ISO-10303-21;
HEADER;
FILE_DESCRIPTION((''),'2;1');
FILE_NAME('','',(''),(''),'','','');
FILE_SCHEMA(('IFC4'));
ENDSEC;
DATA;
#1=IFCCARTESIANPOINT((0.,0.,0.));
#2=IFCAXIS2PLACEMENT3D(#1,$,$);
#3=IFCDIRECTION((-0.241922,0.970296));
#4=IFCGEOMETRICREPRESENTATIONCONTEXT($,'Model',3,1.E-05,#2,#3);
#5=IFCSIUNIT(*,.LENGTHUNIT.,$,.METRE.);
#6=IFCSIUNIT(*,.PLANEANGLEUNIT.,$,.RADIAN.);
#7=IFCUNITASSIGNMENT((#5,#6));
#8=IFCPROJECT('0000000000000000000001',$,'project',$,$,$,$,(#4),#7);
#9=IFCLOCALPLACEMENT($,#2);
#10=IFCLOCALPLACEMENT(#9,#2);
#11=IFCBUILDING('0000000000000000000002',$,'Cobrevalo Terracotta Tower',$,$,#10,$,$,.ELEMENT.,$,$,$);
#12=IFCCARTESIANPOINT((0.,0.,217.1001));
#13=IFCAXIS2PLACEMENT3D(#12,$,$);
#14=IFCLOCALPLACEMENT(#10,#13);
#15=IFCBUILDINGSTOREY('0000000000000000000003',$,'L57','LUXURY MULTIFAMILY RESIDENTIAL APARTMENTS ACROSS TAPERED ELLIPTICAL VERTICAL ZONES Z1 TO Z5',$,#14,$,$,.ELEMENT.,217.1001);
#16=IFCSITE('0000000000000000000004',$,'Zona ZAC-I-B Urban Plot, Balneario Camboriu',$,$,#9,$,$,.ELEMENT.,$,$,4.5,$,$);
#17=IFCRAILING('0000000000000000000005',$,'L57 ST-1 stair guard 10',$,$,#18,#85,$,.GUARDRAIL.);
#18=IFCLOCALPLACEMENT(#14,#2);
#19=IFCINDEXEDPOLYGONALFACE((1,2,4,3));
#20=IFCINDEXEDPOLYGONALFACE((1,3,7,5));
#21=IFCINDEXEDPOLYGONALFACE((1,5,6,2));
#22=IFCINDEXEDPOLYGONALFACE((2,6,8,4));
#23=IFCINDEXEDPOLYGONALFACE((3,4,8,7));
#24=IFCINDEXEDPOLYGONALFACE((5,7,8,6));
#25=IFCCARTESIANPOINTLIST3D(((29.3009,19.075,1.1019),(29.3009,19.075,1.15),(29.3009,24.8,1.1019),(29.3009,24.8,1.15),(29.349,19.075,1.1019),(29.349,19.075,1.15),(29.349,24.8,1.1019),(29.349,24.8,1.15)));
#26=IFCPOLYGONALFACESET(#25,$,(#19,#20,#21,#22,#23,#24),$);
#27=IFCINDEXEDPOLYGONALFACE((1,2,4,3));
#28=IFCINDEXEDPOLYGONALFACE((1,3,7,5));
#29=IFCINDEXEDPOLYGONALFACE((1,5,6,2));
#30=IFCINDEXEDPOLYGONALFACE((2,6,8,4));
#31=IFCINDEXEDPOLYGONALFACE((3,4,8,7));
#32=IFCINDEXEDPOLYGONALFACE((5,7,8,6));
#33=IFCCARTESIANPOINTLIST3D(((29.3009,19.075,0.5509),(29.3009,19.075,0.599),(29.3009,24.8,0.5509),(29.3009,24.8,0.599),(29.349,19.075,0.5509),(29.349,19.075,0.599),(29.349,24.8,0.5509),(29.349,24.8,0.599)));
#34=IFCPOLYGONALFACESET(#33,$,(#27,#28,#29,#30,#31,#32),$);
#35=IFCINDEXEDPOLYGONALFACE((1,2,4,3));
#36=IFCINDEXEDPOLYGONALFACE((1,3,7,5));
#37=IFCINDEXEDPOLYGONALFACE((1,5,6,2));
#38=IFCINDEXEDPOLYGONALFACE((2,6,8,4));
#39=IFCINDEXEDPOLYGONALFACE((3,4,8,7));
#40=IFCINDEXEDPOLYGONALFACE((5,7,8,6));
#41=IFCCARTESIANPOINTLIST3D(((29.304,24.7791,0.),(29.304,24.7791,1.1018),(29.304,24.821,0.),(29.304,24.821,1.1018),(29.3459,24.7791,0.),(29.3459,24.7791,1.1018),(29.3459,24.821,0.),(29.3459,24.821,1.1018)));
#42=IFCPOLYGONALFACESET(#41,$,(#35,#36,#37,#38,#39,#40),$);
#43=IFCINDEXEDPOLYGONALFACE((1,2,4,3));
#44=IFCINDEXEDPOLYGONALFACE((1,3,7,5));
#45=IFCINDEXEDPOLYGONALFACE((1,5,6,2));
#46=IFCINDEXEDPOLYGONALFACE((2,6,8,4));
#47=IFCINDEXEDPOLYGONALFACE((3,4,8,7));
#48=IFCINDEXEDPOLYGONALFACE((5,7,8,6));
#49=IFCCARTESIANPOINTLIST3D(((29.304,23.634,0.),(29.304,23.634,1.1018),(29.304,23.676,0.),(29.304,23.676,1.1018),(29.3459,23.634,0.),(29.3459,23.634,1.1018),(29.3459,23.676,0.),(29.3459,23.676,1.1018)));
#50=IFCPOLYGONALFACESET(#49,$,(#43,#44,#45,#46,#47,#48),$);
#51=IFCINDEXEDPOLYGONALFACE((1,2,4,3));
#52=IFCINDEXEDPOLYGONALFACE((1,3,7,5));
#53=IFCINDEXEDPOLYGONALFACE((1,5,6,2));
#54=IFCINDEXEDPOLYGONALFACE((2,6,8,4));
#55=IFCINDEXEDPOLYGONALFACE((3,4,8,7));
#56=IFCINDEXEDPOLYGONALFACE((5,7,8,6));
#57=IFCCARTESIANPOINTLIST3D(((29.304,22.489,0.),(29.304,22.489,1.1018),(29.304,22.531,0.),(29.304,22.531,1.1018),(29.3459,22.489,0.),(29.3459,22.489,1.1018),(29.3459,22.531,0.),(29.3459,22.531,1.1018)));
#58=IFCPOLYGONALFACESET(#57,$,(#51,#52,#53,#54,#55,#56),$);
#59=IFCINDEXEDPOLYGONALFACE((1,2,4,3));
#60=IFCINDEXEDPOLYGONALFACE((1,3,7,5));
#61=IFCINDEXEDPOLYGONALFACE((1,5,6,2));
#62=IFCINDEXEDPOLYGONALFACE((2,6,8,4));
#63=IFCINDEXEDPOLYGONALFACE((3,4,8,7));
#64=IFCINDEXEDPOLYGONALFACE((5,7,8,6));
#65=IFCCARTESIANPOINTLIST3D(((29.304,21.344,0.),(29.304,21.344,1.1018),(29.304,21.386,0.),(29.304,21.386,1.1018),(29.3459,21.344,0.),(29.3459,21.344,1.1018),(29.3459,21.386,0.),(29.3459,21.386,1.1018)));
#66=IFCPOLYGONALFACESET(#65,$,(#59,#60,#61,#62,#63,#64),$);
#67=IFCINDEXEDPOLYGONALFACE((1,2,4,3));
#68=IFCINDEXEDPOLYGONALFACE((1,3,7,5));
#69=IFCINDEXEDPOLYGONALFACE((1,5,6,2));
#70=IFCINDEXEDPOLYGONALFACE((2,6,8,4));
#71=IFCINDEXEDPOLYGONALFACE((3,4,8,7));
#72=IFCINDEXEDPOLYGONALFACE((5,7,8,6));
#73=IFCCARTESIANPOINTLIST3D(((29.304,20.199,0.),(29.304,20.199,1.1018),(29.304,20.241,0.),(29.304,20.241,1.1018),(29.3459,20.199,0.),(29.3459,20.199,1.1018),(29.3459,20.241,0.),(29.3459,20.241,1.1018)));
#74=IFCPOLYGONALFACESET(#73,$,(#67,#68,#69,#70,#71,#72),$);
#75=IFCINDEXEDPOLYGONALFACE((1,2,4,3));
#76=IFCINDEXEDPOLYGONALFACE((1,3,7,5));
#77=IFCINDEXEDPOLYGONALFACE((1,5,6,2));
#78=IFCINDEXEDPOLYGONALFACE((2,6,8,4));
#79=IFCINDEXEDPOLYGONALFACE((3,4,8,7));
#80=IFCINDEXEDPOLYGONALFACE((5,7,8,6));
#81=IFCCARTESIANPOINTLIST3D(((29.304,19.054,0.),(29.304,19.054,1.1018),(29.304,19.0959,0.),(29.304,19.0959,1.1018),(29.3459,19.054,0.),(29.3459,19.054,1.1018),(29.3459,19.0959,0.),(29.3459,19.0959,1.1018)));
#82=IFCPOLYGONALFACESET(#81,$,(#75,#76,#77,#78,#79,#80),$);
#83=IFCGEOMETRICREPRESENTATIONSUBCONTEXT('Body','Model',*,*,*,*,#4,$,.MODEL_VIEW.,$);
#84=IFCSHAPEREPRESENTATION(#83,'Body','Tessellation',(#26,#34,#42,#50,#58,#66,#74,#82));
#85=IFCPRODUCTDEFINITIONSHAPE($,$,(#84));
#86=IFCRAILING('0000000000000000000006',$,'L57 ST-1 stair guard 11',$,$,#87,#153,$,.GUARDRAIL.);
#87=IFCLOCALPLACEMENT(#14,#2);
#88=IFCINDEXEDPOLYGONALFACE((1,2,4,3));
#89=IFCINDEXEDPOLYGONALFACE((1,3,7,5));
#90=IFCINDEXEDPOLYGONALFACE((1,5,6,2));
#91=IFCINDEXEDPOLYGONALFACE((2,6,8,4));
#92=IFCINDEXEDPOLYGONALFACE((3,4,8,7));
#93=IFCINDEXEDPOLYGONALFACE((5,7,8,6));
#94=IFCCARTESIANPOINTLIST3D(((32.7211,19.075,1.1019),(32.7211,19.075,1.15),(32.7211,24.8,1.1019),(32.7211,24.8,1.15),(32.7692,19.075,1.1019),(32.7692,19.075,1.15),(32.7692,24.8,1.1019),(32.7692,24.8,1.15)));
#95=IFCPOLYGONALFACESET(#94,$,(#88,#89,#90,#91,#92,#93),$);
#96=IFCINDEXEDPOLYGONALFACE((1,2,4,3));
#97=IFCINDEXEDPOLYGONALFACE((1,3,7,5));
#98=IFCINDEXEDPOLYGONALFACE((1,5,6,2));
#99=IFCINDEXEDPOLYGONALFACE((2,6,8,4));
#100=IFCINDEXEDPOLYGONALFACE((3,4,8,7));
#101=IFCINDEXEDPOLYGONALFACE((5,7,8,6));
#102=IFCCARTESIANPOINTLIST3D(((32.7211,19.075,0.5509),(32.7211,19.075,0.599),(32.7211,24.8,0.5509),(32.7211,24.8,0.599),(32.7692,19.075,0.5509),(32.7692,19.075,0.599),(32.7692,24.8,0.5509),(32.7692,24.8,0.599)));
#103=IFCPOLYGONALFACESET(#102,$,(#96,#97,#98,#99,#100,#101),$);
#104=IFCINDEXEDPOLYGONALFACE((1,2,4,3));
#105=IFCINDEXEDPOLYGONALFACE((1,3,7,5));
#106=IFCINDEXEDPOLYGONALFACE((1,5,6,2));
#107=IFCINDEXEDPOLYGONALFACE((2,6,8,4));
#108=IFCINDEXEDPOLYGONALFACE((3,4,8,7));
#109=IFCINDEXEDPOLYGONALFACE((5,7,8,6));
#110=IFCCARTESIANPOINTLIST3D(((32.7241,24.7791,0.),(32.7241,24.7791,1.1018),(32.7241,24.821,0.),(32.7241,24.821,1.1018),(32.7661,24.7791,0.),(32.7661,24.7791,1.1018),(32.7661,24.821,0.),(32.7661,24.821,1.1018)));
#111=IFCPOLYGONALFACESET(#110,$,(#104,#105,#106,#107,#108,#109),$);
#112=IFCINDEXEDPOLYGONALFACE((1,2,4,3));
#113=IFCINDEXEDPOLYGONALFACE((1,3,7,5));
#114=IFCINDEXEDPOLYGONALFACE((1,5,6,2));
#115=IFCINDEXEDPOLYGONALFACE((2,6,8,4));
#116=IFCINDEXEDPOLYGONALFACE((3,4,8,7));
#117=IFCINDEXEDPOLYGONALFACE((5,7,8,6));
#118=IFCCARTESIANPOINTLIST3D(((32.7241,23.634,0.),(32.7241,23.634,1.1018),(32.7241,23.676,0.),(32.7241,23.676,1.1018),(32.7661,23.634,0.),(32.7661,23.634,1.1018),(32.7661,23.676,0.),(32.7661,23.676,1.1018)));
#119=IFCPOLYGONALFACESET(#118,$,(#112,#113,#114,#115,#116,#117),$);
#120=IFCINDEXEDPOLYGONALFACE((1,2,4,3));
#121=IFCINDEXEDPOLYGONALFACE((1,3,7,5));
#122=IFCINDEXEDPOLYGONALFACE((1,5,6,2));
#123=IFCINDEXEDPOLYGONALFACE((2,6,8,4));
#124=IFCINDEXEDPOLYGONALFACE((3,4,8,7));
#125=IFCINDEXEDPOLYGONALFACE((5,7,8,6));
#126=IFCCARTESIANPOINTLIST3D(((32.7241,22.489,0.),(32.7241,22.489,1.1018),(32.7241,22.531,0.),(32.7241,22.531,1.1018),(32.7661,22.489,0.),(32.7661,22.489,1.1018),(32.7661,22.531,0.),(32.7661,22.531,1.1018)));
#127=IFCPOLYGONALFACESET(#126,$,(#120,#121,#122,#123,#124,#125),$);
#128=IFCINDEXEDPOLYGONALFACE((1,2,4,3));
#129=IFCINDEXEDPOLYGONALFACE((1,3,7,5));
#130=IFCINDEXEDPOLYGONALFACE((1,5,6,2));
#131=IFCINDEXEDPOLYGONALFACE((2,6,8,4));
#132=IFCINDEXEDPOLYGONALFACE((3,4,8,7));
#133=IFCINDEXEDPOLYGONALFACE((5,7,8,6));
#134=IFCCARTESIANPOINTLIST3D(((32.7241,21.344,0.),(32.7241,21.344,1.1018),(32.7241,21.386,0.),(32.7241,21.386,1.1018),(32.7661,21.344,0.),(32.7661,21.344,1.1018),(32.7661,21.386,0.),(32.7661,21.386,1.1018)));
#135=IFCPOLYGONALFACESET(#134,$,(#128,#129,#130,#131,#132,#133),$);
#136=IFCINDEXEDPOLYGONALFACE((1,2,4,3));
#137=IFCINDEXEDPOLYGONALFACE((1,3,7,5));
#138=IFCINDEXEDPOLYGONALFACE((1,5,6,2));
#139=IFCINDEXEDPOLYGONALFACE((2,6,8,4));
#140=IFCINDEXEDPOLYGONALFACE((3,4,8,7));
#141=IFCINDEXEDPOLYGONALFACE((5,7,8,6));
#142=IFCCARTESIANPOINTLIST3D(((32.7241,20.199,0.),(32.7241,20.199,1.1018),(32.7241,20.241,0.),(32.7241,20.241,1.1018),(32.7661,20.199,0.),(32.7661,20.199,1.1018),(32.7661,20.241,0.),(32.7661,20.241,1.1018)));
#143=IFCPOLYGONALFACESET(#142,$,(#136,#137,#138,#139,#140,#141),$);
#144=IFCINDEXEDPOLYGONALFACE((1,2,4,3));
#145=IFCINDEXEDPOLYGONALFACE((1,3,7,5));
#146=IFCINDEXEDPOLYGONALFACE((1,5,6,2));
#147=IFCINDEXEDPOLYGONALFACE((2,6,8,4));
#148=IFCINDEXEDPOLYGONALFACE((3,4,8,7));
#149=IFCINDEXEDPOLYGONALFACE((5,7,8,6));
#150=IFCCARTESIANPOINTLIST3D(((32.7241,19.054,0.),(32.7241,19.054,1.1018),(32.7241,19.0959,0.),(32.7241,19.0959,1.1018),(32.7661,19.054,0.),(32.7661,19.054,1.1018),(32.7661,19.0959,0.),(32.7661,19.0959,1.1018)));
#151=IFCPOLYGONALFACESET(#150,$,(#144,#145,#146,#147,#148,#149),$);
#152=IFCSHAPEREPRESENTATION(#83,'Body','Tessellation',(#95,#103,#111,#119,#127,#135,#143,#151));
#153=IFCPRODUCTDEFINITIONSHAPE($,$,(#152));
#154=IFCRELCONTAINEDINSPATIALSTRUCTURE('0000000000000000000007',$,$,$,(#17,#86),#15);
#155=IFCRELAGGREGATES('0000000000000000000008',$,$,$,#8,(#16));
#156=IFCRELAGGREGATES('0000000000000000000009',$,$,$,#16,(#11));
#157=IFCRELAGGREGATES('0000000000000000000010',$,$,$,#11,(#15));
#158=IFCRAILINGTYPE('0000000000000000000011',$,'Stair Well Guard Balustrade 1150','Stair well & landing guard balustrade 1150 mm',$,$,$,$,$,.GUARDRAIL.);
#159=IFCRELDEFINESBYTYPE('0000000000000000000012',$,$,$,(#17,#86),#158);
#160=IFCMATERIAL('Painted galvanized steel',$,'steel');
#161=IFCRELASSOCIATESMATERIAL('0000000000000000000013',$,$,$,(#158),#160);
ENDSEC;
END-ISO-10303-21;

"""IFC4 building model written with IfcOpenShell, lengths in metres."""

from ifc_helpers import new_model, si_unit, direction, frame, origin, origin_2d, place, context, subcontext, project, spatial, rectangle, extrude, material, type_object, element, save


model = new_model("IFC4")

# Units and contexts
model_context = context("Model", 3, precision=1e-05, world=origin(), true_north=direction((-0.241922, 0.970296)))
body_context = subcontext(model_context, "Body", "Model", "MODEL_VIEW")
ifc_project = project(units=[si_unit("LENGTHUNIT", "METRE"), si_unit("PLANEANGLEUNIT", "RADIAN")], contexts=[model_context])

# Site, building, storey
site_placement = place(None, origin())
site = spatial("IfcSite", under=ifc_project, at=site_placement, Name="Zona ZAC-I-B Urban Plot, Balneario Camboriu", CompositionType="ELEMENT", RefElevation=4.5)
building_placement = place(site_placement, origin())
building = spatial("IfcBuilding", under=site, at=building_placement, Name="Cobrevalo Terracotta Tower", CompositionType="ELEMENT")
storey_placement = place(building_placement, frame((0.0, 0.0, 217.1001)))
storey = spatial("IfcBuildingStorey", under=building, at=storey_placement, Name="L57", Description="LUXURY MULTIFAMILY RESIDENTIAL APARTMENTS ACROSS TAPERED ELLIPTICAL VERTICAL ZONES Z1 TO Z5", CompositionType="ELEMENT", Elevation=217.1001)

# Railings
ifc_material_1 = material(Name="Painted galvanized steel", Category="steel")
railing_type_1 = type_object("IfcRailingType", Name="Stair Well Guard Balustrade 1150", Description="Stair well & landing guard balustrade 1150 mm", PredefinedType="GUARDRAIL", material=ifc_material_1)
for number, where, name in (
    (1, (29.325, 24.8, 0.0), "L57 ST-1 stair guard 10"),
    (2, (32.7451, 24.8, 0.0), "L57 ST-1 stair guard 11"),
):
    element("IfcRailing", number, at=place(storey_placement, frame(where)), inside=storey, type_object=railing_type_1, Name=name, PredefinedType="GUARDRAIL", context=body_context, shape_type="SweptSolid", body=[
        extrude(rectangle(XDim=0.0481, YDim=0.0481, at=origin_2d()), frame((0.0, 0.0, 1.126), z_axis=(0.0, -1.0, 0.0), x_axis=(1.0, 0.0, 0.0)), (0.0, 0.0, 1.0), 5.7251),
        extrude(rectangle(XDim=0.0481, YDim=0.0481, at=origin_2d()), frame((0.0, 0.0, 0.575), z_axis=(0.0, -1.0, 0.0), x_axis=(1.0, 0.0, 0.0)), (0.0, 0.0, 1.0), 5.7251),
        extrude(rectangle(XDim=0.042, YDim=0.042, at=origin_2d()), origin(), (0.0, 0.0, 1.0), 1.1018),
        extrude(rectangle(XDim=0.042, YDim=0.042, at=origin_2d()), frame((0.0, -1.145, 0.0)), (0.0, 0.0, 1.0), 1.1018),
        extrude(rectangle(XDim=0.042, YDim=0.042, at=origin_2d()), frame((0.0, -2.29, 0.0)), (0.0, 0.0, 1.0), 1.1018),
        extrude(rectangle(XDim=0.042, YDim=0.042, at=origin_2d()), frame((0.0, -3.4351, 0.0)), (0.0, 0.0, 1.0), 1.1018),
        extrude(rectangle(XDim=0.042, YDim=0.042, at=origin_2d()), frame((0.0, -4.5801, 0.0)), (0.0, 0.0, 1.0), 1.1018),
        extrude(rectangle(XDim=0.042, YDim=0.042, at=origin_2d()), frame((0.0, -5.7251, 0.0)), (0.0, 0.0, 1.0), 1.1018),
    ])

save(model, "model.ifc")
